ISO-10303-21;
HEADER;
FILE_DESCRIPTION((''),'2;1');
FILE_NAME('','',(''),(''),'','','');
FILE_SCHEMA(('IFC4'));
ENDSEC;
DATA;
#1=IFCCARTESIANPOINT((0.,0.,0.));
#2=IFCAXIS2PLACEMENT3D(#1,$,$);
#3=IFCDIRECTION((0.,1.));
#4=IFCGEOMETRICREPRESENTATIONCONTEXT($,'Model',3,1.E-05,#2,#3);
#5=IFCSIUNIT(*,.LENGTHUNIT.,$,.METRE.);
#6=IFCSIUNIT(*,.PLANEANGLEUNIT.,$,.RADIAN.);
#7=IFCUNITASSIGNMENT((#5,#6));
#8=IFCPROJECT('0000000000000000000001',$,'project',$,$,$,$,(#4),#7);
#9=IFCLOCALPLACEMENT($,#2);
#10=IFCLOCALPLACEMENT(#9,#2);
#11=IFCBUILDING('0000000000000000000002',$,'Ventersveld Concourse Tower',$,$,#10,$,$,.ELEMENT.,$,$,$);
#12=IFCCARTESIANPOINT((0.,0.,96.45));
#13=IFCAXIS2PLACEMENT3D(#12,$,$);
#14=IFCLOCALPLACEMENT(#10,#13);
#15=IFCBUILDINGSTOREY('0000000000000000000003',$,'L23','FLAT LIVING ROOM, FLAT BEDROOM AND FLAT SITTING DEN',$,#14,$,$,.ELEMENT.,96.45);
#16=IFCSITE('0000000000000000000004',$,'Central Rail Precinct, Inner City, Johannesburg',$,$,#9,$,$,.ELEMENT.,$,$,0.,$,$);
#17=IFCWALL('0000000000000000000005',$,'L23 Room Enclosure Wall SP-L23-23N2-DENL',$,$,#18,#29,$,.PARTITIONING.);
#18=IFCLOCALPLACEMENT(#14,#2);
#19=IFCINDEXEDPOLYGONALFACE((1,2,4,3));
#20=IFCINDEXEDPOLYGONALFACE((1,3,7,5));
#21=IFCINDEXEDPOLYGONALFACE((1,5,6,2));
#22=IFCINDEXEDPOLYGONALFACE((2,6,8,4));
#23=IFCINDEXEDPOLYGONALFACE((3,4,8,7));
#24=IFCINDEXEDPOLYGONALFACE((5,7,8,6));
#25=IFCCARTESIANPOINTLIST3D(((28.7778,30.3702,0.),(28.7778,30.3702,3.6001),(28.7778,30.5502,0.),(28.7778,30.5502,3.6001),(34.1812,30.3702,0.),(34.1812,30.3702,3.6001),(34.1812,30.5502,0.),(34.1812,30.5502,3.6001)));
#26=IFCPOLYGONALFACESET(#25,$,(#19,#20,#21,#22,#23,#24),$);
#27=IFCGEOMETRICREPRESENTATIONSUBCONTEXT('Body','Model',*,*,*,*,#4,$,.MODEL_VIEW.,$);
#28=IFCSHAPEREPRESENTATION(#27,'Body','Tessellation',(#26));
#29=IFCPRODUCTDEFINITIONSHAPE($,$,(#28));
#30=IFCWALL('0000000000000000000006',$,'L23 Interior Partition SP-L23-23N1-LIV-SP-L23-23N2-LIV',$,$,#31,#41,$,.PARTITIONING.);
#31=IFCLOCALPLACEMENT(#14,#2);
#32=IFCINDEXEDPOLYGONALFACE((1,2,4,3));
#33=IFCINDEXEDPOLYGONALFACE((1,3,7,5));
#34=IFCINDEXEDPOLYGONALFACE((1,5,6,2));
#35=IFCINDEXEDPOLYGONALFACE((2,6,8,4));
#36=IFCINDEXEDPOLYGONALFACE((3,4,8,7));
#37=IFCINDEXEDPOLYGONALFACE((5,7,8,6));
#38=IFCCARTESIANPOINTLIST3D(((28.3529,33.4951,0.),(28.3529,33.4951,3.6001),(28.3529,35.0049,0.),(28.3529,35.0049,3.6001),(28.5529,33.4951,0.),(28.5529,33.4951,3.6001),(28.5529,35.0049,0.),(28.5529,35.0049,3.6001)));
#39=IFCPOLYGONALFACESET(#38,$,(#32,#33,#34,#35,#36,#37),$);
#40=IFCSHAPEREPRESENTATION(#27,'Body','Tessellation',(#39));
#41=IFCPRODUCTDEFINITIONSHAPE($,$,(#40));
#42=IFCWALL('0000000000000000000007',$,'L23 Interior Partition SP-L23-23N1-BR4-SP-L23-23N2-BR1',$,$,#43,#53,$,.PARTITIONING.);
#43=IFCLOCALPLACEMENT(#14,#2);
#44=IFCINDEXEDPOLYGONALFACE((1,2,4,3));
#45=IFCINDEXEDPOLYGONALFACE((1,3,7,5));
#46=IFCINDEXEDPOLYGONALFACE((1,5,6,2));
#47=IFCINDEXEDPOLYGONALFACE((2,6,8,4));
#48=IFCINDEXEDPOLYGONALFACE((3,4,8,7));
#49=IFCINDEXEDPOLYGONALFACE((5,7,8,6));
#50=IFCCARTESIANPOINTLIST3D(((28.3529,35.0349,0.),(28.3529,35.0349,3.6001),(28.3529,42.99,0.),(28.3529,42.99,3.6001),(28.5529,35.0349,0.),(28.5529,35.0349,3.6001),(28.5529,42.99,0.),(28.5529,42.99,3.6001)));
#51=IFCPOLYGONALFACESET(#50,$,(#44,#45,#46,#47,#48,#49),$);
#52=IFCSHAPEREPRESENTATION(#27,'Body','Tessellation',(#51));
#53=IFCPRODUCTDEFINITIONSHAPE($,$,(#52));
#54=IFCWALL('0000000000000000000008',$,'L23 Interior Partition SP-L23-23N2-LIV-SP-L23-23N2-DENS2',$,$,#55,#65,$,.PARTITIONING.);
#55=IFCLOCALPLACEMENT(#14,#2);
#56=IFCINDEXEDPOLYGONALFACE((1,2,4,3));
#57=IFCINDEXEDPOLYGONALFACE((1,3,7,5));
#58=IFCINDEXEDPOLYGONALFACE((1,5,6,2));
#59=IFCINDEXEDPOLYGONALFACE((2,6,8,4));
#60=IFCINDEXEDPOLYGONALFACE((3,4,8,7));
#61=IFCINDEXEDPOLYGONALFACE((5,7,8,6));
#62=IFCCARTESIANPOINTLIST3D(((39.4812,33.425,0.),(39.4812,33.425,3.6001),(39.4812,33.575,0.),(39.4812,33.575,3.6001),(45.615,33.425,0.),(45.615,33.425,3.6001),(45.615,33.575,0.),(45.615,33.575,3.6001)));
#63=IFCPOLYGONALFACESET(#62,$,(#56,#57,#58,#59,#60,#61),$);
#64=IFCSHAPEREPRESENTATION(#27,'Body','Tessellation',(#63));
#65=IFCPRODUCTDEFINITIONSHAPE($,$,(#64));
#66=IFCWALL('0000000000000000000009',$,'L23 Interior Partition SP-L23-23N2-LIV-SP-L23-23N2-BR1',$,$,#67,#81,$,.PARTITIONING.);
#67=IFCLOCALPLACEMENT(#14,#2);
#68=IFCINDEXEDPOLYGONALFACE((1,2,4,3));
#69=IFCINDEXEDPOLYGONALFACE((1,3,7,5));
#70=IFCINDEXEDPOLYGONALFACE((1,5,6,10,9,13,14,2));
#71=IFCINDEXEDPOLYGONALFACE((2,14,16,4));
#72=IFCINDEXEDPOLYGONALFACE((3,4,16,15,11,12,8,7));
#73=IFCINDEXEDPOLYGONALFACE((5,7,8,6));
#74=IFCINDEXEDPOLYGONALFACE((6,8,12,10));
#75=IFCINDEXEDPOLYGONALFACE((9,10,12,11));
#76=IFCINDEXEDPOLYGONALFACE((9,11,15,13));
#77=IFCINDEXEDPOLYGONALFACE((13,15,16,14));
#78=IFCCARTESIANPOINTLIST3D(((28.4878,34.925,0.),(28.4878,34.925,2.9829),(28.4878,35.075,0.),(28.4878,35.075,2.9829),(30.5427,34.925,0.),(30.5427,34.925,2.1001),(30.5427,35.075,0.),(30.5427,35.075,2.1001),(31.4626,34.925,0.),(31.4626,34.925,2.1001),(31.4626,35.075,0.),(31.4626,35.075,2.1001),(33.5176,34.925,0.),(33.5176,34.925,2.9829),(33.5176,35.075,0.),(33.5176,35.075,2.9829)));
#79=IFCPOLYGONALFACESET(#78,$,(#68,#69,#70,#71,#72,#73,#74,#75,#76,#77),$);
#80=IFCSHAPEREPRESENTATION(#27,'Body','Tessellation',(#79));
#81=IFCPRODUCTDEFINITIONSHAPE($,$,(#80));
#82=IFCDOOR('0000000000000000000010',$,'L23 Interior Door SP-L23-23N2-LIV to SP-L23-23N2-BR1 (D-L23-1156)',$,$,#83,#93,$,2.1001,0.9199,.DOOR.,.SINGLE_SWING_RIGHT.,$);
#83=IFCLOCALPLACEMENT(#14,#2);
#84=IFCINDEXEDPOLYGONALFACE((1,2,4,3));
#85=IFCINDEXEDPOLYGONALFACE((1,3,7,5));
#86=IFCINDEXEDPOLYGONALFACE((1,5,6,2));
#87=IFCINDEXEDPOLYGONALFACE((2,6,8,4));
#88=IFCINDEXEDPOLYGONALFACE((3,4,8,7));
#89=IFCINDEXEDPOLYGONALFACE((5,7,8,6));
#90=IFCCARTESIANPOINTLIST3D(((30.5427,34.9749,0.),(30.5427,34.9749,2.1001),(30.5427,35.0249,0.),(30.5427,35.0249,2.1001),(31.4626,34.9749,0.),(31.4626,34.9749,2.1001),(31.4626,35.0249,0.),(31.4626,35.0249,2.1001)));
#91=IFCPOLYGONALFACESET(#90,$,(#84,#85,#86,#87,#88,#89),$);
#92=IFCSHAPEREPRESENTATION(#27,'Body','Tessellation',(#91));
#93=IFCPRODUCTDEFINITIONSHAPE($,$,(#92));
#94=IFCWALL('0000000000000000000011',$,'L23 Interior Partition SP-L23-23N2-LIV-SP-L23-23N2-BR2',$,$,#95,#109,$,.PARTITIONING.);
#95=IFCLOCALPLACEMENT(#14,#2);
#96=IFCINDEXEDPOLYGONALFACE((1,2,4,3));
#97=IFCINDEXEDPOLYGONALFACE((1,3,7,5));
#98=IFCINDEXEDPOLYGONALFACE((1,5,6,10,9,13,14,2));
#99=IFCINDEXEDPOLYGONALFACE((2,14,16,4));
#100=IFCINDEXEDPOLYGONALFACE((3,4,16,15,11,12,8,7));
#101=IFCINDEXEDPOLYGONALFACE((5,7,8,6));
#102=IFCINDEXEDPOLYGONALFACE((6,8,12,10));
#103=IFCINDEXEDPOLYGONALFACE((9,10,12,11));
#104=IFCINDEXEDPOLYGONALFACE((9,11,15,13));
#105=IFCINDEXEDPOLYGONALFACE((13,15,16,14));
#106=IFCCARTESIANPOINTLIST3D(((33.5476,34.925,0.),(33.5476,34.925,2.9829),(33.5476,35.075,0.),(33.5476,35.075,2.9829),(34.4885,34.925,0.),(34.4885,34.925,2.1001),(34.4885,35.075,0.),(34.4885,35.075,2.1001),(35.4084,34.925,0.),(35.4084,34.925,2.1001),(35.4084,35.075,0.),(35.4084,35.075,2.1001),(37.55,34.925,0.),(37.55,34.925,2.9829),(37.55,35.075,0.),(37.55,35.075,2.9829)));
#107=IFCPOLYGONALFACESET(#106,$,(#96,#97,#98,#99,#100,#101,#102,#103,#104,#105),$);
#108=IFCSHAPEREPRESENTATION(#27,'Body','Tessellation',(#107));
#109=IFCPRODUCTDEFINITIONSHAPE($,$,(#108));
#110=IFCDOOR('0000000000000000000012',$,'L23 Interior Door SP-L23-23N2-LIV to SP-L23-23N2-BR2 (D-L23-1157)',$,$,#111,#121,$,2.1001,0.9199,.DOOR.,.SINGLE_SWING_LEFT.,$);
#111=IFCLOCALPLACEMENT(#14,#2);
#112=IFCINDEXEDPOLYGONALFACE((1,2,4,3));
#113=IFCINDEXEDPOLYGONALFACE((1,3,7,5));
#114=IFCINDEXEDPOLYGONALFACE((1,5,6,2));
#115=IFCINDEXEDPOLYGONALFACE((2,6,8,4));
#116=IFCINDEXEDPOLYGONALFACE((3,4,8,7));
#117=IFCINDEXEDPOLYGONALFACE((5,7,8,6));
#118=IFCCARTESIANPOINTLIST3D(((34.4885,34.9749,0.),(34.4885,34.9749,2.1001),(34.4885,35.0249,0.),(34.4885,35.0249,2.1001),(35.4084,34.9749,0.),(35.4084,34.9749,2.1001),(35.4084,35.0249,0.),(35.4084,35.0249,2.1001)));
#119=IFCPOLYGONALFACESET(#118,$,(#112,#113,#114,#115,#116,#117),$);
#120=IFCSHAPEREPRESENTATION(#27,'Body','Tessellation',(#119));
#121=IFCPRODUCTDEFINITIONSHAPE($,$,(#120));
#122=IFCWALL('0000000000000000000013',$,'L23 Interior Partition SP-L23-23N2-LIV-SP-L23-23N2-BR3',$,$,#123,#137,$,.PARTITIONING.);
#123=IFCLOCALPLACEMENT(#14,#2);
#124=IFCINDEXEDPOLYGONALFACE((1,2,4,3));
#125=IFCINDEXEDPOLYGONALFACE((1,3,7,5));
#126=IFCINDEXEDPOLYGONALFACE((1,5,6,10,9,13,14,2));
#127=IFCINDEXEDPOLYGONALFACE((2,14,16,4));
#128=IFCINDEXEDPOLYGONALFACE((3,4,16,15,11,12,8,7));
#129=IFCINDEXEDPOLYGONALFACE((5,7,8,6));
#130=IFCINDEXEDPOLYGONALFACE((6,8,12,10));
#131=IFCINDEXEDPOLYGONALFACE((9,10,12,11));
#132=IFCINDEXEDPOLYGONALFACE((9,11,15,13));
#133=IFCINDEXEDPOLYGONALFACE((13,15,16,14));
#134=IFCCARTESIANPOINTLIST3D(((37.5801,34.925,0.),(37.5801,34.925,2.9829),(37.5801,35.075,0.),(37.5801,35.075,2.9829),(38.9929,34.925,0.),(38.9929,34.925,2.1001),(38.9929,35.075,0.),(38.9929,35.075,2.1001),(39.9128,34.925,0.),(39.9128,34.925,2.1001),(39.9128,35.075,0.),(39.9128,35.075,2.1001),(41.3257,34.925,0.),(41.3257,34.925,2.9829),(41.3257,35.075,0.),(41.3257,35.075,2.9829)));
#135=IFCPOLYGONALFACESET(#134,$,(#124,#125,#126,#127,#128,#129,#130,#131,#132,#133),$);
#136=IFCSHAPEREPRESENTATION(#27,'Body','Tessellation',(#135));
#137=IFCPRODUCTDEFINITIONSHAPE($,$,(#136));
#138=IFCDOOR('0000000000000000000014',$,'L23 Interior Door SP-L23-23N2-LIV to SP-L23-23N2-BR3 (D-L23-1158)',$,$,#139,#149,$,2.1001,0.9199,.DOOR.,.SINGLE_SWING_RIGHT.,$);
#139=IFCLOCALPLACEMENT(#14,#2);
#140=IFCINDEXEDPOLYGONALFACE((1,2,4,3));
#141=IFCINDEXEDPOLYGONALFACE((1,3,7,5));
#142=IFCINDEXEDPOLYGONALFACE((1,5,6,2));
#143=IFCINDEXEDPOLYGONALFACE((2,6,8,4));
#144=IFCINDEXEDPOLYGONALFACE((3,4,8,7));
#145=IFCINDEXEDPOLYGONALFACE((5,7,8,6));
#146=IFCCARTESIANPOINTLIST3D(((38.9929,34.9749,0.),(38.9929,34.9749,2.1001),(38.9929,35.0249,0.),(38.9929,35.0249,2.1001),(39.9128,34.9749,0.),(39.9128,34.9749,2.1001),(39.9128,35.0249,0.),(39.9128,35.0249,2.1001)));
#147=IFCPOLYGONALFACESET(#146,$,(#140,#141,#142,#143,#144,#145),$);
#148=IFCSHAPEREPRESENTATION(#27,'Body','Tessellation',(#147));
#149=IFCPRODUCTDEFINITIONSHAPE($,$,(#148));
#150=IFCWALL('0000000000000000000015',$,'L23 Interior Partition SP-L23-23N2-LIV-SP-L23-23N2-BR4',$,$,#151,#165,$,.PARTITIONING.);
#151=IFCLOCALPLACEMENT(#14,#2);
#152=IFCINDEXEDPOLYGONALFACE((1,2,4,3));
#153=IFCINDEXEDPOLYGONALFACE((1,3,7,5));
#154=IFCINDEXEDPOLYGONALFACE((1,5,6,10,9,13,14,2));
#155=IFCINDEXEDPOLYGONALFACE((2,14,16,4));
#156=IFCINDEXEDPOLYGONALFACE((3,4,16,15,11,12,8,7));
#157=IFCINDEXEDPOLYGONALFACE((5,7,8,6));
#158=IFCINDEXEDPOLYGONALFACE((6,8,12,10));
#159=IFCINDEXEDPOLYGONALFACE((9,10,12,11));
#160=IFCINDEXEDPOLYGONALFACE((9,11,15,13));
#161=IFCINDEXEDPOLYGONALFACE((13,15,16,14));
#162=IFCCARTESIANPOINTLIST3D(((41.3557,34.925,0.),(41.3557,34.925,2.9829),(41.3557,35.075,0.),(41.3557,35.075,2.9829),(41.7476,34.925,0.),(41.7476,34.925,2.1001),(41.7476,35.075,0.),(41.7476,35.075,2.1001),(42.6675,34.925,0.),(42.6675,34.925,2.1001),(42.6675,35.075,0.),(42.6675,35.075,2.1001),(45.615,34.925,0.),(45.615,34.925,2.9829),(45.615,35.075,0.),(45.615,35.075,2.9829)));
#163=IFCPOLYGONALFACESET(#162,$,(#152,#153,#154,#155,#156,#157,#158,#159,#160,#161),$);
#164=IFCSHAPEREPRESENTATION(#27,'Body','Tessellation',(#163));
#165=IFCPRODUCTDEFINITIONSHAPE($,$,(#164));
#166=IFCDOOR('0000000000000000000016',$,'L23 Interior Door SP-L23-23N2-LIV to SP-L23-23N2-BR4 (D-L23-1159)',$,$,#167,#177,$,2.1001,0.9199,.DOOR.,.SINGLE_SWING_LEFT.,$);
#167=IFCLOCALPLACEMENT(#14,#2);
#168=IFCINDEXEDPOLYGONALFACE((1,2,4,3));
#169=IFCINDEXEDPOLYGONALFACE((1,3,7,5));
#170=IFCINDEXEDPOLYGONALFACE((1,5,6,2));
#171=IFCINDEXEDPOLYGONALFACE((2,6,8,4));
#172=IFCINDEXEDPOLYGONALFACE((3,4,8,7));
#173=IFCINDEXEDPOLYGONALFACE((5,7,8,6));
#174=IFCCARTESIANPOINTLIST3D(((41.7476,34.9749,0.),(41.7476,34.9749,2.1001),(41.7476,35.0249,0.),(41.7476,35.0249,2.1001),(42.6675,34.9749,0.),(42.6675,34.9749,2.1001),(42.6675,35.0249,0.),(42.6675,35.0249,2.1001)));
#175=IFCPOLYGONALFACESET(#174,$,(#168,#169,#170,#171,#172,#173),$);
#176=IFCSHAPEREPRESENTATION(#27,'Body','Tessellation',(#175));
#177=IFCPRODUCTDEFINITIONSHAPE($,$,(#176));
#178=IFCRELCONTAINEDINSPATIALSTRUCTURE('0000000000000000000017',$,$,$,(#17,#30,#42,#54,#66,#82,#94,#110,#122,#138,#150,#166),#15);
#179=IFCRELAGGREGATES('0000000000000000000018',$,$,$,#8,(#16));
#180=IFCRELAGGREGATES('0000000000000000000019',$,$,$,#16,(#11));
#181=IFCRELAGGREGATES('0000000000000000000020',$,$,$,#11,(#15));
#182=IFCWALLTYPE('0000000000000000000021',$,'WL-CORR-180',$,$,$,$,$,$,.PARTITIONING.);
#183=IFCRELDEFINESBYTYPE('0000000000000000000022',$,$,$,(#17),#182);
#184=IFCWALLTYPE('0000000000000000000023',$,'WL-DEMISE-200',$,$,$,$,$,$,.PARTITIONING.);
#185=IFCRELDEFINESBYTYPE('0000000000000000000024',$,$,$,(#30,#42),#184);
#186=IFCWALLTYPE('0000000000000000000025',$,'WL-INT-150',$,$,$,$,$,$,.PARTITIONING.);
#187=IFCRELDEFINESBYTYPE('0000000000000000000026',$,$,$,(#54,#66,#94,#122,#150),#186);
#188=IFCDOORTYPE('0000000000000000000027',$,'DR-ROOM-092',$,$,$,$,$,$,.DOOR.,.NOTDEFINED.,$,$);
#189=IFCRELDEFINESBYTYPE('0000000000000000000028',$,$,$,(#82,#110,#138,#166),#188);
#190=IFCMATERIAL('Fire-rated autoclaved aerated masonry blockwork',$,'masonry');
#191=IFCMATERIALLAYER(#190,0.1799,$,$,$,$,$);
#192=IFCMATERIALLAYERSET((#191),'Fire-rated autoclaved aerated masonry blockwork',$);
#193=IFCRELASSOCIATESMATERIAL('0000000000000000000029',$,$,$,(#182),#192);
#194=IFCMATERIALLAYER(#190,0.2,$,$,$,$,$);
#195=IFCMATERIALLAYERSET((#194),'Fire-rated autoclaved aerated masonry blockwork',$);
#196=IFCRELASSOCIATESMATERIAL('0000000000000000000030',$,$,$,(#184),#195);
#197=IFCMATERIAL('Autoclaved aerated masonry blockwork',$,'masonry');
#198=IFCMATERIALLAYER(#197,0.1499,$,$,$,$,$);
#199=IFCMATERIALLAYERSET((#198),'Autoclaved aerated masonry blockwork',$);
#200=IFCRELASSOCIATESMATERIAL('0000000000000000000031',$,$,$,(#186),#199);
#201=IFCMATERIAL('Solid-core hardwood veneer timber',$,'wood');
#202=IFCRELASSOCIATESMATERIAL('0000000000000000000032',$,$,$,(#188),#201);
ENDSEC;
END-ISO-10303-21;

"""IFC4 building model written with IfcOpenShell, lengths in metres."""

from ifc_helpers import new_model, si_unit, direction, frame, frame_2d, origin, place, context, subcontext, project, spatial, rectangle, extrude, material, layer, layer_set, type_object, element, fill, save


model = new_model("IFC4")

# Units and contexts
model_context = context("Model", 3, precision=1e-05, world=origin(), true_north=direction((0.0, 1.0)))
body_context = subcontext(model_context, "Body", "Model", "MODEL_VIEW")
ifc_project = project(units=[si_unit("LENGTHUNIT", "METRE"), si_unit("PLANEANGLEUNIT", "RADIAN")], contexts=[model_context])

# Site, building, storey
site_placement = place(None, origin())
site = spatial("IfcSite", under=ifc_project, at=site_placement, Name="Central Rail Precinct, Inner City, Johannesburg", CompositionType="ELEMENT", RefElevation=0.0)
building_placement = place(site_placement, origin())
building = spatial("IfcBuilding", under=site, at=building_placement, Name="Ventersveld Concourse Tower", CompositionType="ELEMENT")
storey_placement = place(building_placement, frame((0.0, 0.0, 96.45)))
storey = spatial("IfcBuildingStorey", under=building, at=storey_placement, Name="L23", Description="FLAT LIVING ROOM, FLAT BEDROOM AND FLAT SITTING DEN", CompositionType="ELEMENT", Elevation=96.45)

# Walls
ifc_material_1 = material(Name="Fire-rated autoclaved aerated masonry blockwork", Category="masonry")
ifc_layer_1 = layer(ifc_material_1, 0.1799)
ifc_layer_set_1 = layer_set([ifc_layer_1], Name="Fire-rated autoclaved aerated masonry blockwork")
wall_type_1 = type_object("IfcWallType", Name="WL-CORR-180", PredefinedType="PARTITIONING", material=ifc_layer_set_1)
wall_1_placement = place(storey_placement, frame((28.7778, 30.4602, 0.0), z_axis=(0.0, 0.0, 1.0), x_axis=(1.0, 0.0, 0.0)))
element("IfcWall", 1, at=wall_1_placement, inside=storey, type_object=wall_type_1, Name="L23 Room Enclosure Wall SP-L23-23N2-DENL", PredefinedType="PARTITIONING", context=body_context, shape_type="SweptSolid", body=[
    extrude(rectangle(XDim=5.4033, YDim=0.1799, at=frame_2d((2.7017, 0.0))), origin(), (0.0, 0.0, 1.0), 3.6001),
])
ifc_layer_2 = layer(ifc_material_1, 0.2)
ifc_layer_set_2 = layer_set([ifc_layer_2], Name="Fire-rated autoclaved aerated masonry blockwork")
wall_type_2 = type_object("IfcWallType", Name="WL-DEMISE-200", PredefinedType="PARTITIONING", material=ifc_layer_set_2)
wall_2_placement = place(storey_placement, frame((28.4529, 33.4951, 0.0), z_axis=(0.0, 0.0, 1.0), x_axis=(0.0, 1.0, 0.0)))
element("IfcWall", 2, at=wall_2_placement, inside=storey, type_object=wall_type_2, Name="L23 Interior Partition SP-L23-23N1-LIV-SP-L23-23N2-LIV", PredefinedType="PARTITIONING", context=body_context, shape_type="SweptSolid", body=[
    extrude(rectangle(XDim=1.5098, YDim=0.2, at=frame_2d((0.7549, 0.0))), origin(), (0.0, 0.0, 1.0), 3.6001),
])
wall_3_placement = place(storey_placement, frame((28.4529, 35.0349, 0.0), z_axis=(0.0, 0.0, 1.0), x_axis=(0.0, 1.0, 0.0)))
element("IfcWall", 3, at=wall_3_placement, inside=storey, type_object=wall_type_2, Name="L23 Interior Partition SP-L23-23N1-BR4-SP-L23-23N2-BR1", PredefinedType="PARTITIONING", context=body_context, shape_type="SweptSolid", body=[
    extrude(rectangle(XDim=7.9551, YDim=0.2, at=frame_2d((3.9775, 0.0))), origin(), (0.0, 0.0, 1.0), 3.6001),
])
ifc_material_2 = material(Name="Autoclaved aerated masonry blockwork", Category="masonry")
ifc_layer_3 = layer(ifc_material_2, 0.1499)
ifc_layer_set_3 = layer_set([ifc_layer_3], Name="Autoclaved aerated masonry blockwork")
wall_type_3 = type_object("IfcWallType", Name="WL-INT-150", PredefinedType="PARTITIONING", material=ifc_layer_set_3)
wall_4_placement = place(storey_placement, frame((39.4812, 33.5, 0.0), z_axis=(0.0, 0.0, 1.0), x_axis=(1.0, 0.0, 0.0)))
element("IfcWall", 4, at=wall_4_placement, inside=storey, type_object=wall_type_3, Name="L23 Interior Partition SP-L23-23N2-LIV-SP-L23-23N2-DENS2", PredefinedType="PARTITIONING", context=body_context, shape_type="SweptSolid", body=[
    extrude(rectangle(XDim=6.1338, YDim=0.1499, at=frame_2d((3.0669, 0.0))), origin(), (0.0, 0.0, 1.0), 3.6001),
])

# Walls, openings, doors
wall_5_placement = place(storey_placement, frame((28.4878, 35.0, 0.0), z_axis=(0.0, 0.0, 1.0), x_axis=(1.0, 0.0, 0.0)))
wall_5 = element("IfcWall", 5, at=wall_5_placement, inside=storey, type_object=wall_type_3, Name="L23 Interior Partition SP-L23-23N2-LIV-SP-L23-23N2-BR1", PredefinedType="PARTITIONING", context=body_context, shape_type="SweptSolid", body=[
    extrude(rectangle(XDim=5.0298, YDim=0.1499, at=frame_2d((2.5149, 0.0))), origin(), (0.0, 0.0, 1.0), 2.9829),
])
opening_1_placement = place(wall_5_placement, frame((2.0549, 0.0, 0.0)))
opening_1 = element("IfcOpeningElement", 6, at=opening_1_placement, cuts=wall_5, PredefinedType="OPENING", context=body_context, shape_type="SweptSolid", body=[
    extrude(rectangle(XDim=0.9199, YDim=2.1001, at=frame_2d((0.46, 1.05))), frame((0.0, 0.085, 0.0), z_axis=(0.0, -1.0, 0.0), x_axis=(1.0, 0.0, 0.0)), (0.0, 0.0, 1.0), 0.1699),
])
ifc_material_3 = material(Name="Solid-core hardwood veneer timber", Category="wood")
door_type = type_object("IfcDoorType", Name="DR-ROOM-092", OperationType="NOTDEFINED", PredefinedType="DOOR", material=ifc_material_3)
door_1_placement = place(opening_1_placement, origin())
door_1 = element("IfcDoor", 7, at=door_1_placement, inside=storey, type_object=door_type, Name="L23 Interior Door SP-L23-23N2-LIV to SP-L23-23N2-BR1 (D-L23-1156)", OperationType="SINGLE_SWING_RIGHT", OverallHeight=2.1001, OverallWidth=0.9199, PredefinedType="DOOR", context=body_context, shape_type="SweptSolid", body=[
    extrude(rectangle(XDim=0.9199, YDim=2.1001, at=frame_2d((0.46, 1.05))), frame((0.0, 0.0249, 0.0), z_axis=(0.0, -1.0, 0.0), x_axis=(1.0, 0.0, 0.0)), (0.0, 0.0, 1.0), 0.05),
])
fill(opening_1, door_1)
wall_6_placement = place(storey_placement, frame((33.5476, 35.0, 0.0), z_axis=(0.0, 0.0, 1.0), x_axis=(1.0, 0.0, 0.0)))
wall_6 = element("IfcWall", 8, at=wall_6_placement, inside=storey, type_object=wall_type_3, Name="L23 Interior Partition SP-L23-23N2-LIV-SP-L23-23N2-BR2", PredefinedType="PARTITIONING", context=body_context, shape_type="SweptSolid", body=[
    extrude(rectangle(XDim=4.0024, YDim=0.1499, at=frame_2d((2.0012, 0.0))), origin(), (0.0, 0.0, 1.0), 2.9829),
])
opening_2_placement = place(wall_6_placement, frame((0.9409, 0.0, 0.0)))
opening_2 = element("IfcOpeningElement", 9, at=opening_2_placement, cuts=wall_6, PredefinedType="OPENING", context=body_context, shape_type="SweptSolid", body=[
    extrude(rectangle(XDim=0.9199, YDim=2.1001, at=frame_2d((0.46, 1.05))), frame((0.0, 0.085, 0.0), z_axis=(0.0, -1.0, 0.0), x_axis=(1.0, 0.0, 0.0)), (0.0, 0.0, 1.0), 0.1699),
])
door_2_placement = place(opening_2_placement, origin())
door_2 = element("IfcDoor", 10, at=door_2_placement, inside=storey, type_object=door_type, Name="L23 Interior Door SP-L23-23N2-LIV to SP-L23-23N2-BR2 (D-L23-1157)", OperationType="SINGLE_SWING_LEFT", OverallHeight=2.1001, OverallWidth=0.9199, PredefinedType="DOOR", context=body_context, shape_type="SweptSolid", body=[
    extrude(rectangle(XDim=0.9199, YDim=2.1001, at=frame_2d((0.46, 1.05))), frame((0.0, 0.0249, 0.0), z_axis=(0.0, -1.0, 0.0), x_axis=(1.0, 0.0, 0.0)), (0.0, 0.0, 1.0), 0.05),
])
fill(opening_2, door_2)
wall_7_placement = place(storey_placement, frame((37.5801, 35.0, 0.0), z_axis=(0.0, 0.0, 1.0), x_axis=(1.0, 0.0, 0.0)))
wall_7 = element("IfcWall", 11, at=wall_7_placement, inside=storey, type_object=wall_type_3, Name="L23 Interior Partition SP-L23-23N2-LIV-SP-L23-23N2-BR3", PredefinedType="PARTITIONING", context=body_context, shape_type="SweptSolid", body=[
    extrude(rectangle(XDim=3.7456, YDim=0.1499, at=frame_2d((1.8728, 0.0))), origin(), (0.0, 0.0, 1.0), 2.9829),
])
opening_3_placement = place(wall_7_placement, frame((1.4128, 0.0, 0.0)))
opening_3 = element("IfcOpeningElement", 12, at=opening_3_placement, cuts=wall_7, PredefinedType="OPENING", context=body_context, shape_type="SweptSolid", body=[
    extrude(rectangle(XDim=0.9199, YDim=2.1001, at=frame_2d((0.46, 1.05))), frame((0.0, 0.085, 0.0), z_axis=(0.0, -1.0, 0.0), x_axis=(1.0, 0.0, 0.0)), (0.0, 0.0, 1.0), 0.1699),
])
door_3_placement = place(opening_3_placement, origin())
door_3 = element("IfcDoor", 13, at=door_3_placement, inside=storey, type_object=door_type, Name="L23 Interior Door SP-L23-23N2-LIV to SP-L23-23N2-BR3 (D-L23-1158)", OperationType="SINGLE_SWING_RIGHT", OverallHeight=2.1001, OverallWidth=0.9199, PredefinedType="DOOR", context=body_context, shape_type="SweptSolid", body=[
    extrude(rectangle(XDim=0.9199, YDim=2.1001, at=frame_2d((0.46, 1.05))), frame((0.0, 0.0249, 0.0), z_axis=(0.0, -1.0, 0.0), x_axis=(1.0, 0.0, 0.0)), (0.0, 0.0, 1.0), 0.05),
])
fill(opening_3, door_3)
wall_8_placement = place(storey_placement, frame((41.3557, 35.0, 0.0), z_axis=(0.0, 0.0, 1.0), x_axis=(1.0, 0.0, 0.0)))
wall_8 = element("IfcWall", 14, at=wall_8_placement, inside=storey, type_object=wall_type_3, Name="L23 Interior Partition SP-L23-23N2-LIV-SP-L23-23N2-BR4", PredefinedType="PARTITIONING", context=body_context, shape_type="SweptSolid", body=[
    extrude(rectangle(XDim=4.2593, YDim=0.1499, at=frame_2d((2.1296, 0.0))), origin(), (0.0, 0.0, 1.0), 2.9829),
])
opening_4_placement = place(wall_8_placement, frame((0.3918, 0.0, 0.0)))
opening_4 = element("IfcOpeningElement", 15, at=opening_4_placement, cuts=wall_8, PredefinedType="OPENING", context=body_context, shape_type="SweptSolid", body=[
    extrude(rectangle(XDim=0.9199, YDim=2.1001, at=frame_2d((0.46, 1.05))), frame((0.0, 0.085, 0.0), z_axis=(0.0, -1.0, 0.0), x_axis=(1.0, 0.0, 0.0)), (0.0, 0.0, 1.0), 0.1699),
])
door_4_placement = place(opening_4_placement, origin())
door_4 = element("IfcDoor", 16, at=door_4_placement, inside=storey, type_object=door_type, Name="L23 Interior Door SP-L23-23N2-LIV to SP-L23-23N2-BR4 (D-L23-1159)", OperationType="SINGLE_SWING_LEFT", OverallHeight=2.1001, OverallWidth=0.9199, PredefinedType="DOOR", context=body_context, shape_type="SweptSolid", body=[
    extrude(rectangle(XDim=0.9199, YDim=2.1001, at=frame_2d((0.46, 1.05))), frame((0.0, 0.0249, 0.0), z_axis=(0.0, -1.0, 0.0), x_axis=(1.0, 0.0, 0.0)), (0.0, 0.0, 1.0), 0.05),
])
fill(opening_4, door_4)

save(model, "model.ifc")
